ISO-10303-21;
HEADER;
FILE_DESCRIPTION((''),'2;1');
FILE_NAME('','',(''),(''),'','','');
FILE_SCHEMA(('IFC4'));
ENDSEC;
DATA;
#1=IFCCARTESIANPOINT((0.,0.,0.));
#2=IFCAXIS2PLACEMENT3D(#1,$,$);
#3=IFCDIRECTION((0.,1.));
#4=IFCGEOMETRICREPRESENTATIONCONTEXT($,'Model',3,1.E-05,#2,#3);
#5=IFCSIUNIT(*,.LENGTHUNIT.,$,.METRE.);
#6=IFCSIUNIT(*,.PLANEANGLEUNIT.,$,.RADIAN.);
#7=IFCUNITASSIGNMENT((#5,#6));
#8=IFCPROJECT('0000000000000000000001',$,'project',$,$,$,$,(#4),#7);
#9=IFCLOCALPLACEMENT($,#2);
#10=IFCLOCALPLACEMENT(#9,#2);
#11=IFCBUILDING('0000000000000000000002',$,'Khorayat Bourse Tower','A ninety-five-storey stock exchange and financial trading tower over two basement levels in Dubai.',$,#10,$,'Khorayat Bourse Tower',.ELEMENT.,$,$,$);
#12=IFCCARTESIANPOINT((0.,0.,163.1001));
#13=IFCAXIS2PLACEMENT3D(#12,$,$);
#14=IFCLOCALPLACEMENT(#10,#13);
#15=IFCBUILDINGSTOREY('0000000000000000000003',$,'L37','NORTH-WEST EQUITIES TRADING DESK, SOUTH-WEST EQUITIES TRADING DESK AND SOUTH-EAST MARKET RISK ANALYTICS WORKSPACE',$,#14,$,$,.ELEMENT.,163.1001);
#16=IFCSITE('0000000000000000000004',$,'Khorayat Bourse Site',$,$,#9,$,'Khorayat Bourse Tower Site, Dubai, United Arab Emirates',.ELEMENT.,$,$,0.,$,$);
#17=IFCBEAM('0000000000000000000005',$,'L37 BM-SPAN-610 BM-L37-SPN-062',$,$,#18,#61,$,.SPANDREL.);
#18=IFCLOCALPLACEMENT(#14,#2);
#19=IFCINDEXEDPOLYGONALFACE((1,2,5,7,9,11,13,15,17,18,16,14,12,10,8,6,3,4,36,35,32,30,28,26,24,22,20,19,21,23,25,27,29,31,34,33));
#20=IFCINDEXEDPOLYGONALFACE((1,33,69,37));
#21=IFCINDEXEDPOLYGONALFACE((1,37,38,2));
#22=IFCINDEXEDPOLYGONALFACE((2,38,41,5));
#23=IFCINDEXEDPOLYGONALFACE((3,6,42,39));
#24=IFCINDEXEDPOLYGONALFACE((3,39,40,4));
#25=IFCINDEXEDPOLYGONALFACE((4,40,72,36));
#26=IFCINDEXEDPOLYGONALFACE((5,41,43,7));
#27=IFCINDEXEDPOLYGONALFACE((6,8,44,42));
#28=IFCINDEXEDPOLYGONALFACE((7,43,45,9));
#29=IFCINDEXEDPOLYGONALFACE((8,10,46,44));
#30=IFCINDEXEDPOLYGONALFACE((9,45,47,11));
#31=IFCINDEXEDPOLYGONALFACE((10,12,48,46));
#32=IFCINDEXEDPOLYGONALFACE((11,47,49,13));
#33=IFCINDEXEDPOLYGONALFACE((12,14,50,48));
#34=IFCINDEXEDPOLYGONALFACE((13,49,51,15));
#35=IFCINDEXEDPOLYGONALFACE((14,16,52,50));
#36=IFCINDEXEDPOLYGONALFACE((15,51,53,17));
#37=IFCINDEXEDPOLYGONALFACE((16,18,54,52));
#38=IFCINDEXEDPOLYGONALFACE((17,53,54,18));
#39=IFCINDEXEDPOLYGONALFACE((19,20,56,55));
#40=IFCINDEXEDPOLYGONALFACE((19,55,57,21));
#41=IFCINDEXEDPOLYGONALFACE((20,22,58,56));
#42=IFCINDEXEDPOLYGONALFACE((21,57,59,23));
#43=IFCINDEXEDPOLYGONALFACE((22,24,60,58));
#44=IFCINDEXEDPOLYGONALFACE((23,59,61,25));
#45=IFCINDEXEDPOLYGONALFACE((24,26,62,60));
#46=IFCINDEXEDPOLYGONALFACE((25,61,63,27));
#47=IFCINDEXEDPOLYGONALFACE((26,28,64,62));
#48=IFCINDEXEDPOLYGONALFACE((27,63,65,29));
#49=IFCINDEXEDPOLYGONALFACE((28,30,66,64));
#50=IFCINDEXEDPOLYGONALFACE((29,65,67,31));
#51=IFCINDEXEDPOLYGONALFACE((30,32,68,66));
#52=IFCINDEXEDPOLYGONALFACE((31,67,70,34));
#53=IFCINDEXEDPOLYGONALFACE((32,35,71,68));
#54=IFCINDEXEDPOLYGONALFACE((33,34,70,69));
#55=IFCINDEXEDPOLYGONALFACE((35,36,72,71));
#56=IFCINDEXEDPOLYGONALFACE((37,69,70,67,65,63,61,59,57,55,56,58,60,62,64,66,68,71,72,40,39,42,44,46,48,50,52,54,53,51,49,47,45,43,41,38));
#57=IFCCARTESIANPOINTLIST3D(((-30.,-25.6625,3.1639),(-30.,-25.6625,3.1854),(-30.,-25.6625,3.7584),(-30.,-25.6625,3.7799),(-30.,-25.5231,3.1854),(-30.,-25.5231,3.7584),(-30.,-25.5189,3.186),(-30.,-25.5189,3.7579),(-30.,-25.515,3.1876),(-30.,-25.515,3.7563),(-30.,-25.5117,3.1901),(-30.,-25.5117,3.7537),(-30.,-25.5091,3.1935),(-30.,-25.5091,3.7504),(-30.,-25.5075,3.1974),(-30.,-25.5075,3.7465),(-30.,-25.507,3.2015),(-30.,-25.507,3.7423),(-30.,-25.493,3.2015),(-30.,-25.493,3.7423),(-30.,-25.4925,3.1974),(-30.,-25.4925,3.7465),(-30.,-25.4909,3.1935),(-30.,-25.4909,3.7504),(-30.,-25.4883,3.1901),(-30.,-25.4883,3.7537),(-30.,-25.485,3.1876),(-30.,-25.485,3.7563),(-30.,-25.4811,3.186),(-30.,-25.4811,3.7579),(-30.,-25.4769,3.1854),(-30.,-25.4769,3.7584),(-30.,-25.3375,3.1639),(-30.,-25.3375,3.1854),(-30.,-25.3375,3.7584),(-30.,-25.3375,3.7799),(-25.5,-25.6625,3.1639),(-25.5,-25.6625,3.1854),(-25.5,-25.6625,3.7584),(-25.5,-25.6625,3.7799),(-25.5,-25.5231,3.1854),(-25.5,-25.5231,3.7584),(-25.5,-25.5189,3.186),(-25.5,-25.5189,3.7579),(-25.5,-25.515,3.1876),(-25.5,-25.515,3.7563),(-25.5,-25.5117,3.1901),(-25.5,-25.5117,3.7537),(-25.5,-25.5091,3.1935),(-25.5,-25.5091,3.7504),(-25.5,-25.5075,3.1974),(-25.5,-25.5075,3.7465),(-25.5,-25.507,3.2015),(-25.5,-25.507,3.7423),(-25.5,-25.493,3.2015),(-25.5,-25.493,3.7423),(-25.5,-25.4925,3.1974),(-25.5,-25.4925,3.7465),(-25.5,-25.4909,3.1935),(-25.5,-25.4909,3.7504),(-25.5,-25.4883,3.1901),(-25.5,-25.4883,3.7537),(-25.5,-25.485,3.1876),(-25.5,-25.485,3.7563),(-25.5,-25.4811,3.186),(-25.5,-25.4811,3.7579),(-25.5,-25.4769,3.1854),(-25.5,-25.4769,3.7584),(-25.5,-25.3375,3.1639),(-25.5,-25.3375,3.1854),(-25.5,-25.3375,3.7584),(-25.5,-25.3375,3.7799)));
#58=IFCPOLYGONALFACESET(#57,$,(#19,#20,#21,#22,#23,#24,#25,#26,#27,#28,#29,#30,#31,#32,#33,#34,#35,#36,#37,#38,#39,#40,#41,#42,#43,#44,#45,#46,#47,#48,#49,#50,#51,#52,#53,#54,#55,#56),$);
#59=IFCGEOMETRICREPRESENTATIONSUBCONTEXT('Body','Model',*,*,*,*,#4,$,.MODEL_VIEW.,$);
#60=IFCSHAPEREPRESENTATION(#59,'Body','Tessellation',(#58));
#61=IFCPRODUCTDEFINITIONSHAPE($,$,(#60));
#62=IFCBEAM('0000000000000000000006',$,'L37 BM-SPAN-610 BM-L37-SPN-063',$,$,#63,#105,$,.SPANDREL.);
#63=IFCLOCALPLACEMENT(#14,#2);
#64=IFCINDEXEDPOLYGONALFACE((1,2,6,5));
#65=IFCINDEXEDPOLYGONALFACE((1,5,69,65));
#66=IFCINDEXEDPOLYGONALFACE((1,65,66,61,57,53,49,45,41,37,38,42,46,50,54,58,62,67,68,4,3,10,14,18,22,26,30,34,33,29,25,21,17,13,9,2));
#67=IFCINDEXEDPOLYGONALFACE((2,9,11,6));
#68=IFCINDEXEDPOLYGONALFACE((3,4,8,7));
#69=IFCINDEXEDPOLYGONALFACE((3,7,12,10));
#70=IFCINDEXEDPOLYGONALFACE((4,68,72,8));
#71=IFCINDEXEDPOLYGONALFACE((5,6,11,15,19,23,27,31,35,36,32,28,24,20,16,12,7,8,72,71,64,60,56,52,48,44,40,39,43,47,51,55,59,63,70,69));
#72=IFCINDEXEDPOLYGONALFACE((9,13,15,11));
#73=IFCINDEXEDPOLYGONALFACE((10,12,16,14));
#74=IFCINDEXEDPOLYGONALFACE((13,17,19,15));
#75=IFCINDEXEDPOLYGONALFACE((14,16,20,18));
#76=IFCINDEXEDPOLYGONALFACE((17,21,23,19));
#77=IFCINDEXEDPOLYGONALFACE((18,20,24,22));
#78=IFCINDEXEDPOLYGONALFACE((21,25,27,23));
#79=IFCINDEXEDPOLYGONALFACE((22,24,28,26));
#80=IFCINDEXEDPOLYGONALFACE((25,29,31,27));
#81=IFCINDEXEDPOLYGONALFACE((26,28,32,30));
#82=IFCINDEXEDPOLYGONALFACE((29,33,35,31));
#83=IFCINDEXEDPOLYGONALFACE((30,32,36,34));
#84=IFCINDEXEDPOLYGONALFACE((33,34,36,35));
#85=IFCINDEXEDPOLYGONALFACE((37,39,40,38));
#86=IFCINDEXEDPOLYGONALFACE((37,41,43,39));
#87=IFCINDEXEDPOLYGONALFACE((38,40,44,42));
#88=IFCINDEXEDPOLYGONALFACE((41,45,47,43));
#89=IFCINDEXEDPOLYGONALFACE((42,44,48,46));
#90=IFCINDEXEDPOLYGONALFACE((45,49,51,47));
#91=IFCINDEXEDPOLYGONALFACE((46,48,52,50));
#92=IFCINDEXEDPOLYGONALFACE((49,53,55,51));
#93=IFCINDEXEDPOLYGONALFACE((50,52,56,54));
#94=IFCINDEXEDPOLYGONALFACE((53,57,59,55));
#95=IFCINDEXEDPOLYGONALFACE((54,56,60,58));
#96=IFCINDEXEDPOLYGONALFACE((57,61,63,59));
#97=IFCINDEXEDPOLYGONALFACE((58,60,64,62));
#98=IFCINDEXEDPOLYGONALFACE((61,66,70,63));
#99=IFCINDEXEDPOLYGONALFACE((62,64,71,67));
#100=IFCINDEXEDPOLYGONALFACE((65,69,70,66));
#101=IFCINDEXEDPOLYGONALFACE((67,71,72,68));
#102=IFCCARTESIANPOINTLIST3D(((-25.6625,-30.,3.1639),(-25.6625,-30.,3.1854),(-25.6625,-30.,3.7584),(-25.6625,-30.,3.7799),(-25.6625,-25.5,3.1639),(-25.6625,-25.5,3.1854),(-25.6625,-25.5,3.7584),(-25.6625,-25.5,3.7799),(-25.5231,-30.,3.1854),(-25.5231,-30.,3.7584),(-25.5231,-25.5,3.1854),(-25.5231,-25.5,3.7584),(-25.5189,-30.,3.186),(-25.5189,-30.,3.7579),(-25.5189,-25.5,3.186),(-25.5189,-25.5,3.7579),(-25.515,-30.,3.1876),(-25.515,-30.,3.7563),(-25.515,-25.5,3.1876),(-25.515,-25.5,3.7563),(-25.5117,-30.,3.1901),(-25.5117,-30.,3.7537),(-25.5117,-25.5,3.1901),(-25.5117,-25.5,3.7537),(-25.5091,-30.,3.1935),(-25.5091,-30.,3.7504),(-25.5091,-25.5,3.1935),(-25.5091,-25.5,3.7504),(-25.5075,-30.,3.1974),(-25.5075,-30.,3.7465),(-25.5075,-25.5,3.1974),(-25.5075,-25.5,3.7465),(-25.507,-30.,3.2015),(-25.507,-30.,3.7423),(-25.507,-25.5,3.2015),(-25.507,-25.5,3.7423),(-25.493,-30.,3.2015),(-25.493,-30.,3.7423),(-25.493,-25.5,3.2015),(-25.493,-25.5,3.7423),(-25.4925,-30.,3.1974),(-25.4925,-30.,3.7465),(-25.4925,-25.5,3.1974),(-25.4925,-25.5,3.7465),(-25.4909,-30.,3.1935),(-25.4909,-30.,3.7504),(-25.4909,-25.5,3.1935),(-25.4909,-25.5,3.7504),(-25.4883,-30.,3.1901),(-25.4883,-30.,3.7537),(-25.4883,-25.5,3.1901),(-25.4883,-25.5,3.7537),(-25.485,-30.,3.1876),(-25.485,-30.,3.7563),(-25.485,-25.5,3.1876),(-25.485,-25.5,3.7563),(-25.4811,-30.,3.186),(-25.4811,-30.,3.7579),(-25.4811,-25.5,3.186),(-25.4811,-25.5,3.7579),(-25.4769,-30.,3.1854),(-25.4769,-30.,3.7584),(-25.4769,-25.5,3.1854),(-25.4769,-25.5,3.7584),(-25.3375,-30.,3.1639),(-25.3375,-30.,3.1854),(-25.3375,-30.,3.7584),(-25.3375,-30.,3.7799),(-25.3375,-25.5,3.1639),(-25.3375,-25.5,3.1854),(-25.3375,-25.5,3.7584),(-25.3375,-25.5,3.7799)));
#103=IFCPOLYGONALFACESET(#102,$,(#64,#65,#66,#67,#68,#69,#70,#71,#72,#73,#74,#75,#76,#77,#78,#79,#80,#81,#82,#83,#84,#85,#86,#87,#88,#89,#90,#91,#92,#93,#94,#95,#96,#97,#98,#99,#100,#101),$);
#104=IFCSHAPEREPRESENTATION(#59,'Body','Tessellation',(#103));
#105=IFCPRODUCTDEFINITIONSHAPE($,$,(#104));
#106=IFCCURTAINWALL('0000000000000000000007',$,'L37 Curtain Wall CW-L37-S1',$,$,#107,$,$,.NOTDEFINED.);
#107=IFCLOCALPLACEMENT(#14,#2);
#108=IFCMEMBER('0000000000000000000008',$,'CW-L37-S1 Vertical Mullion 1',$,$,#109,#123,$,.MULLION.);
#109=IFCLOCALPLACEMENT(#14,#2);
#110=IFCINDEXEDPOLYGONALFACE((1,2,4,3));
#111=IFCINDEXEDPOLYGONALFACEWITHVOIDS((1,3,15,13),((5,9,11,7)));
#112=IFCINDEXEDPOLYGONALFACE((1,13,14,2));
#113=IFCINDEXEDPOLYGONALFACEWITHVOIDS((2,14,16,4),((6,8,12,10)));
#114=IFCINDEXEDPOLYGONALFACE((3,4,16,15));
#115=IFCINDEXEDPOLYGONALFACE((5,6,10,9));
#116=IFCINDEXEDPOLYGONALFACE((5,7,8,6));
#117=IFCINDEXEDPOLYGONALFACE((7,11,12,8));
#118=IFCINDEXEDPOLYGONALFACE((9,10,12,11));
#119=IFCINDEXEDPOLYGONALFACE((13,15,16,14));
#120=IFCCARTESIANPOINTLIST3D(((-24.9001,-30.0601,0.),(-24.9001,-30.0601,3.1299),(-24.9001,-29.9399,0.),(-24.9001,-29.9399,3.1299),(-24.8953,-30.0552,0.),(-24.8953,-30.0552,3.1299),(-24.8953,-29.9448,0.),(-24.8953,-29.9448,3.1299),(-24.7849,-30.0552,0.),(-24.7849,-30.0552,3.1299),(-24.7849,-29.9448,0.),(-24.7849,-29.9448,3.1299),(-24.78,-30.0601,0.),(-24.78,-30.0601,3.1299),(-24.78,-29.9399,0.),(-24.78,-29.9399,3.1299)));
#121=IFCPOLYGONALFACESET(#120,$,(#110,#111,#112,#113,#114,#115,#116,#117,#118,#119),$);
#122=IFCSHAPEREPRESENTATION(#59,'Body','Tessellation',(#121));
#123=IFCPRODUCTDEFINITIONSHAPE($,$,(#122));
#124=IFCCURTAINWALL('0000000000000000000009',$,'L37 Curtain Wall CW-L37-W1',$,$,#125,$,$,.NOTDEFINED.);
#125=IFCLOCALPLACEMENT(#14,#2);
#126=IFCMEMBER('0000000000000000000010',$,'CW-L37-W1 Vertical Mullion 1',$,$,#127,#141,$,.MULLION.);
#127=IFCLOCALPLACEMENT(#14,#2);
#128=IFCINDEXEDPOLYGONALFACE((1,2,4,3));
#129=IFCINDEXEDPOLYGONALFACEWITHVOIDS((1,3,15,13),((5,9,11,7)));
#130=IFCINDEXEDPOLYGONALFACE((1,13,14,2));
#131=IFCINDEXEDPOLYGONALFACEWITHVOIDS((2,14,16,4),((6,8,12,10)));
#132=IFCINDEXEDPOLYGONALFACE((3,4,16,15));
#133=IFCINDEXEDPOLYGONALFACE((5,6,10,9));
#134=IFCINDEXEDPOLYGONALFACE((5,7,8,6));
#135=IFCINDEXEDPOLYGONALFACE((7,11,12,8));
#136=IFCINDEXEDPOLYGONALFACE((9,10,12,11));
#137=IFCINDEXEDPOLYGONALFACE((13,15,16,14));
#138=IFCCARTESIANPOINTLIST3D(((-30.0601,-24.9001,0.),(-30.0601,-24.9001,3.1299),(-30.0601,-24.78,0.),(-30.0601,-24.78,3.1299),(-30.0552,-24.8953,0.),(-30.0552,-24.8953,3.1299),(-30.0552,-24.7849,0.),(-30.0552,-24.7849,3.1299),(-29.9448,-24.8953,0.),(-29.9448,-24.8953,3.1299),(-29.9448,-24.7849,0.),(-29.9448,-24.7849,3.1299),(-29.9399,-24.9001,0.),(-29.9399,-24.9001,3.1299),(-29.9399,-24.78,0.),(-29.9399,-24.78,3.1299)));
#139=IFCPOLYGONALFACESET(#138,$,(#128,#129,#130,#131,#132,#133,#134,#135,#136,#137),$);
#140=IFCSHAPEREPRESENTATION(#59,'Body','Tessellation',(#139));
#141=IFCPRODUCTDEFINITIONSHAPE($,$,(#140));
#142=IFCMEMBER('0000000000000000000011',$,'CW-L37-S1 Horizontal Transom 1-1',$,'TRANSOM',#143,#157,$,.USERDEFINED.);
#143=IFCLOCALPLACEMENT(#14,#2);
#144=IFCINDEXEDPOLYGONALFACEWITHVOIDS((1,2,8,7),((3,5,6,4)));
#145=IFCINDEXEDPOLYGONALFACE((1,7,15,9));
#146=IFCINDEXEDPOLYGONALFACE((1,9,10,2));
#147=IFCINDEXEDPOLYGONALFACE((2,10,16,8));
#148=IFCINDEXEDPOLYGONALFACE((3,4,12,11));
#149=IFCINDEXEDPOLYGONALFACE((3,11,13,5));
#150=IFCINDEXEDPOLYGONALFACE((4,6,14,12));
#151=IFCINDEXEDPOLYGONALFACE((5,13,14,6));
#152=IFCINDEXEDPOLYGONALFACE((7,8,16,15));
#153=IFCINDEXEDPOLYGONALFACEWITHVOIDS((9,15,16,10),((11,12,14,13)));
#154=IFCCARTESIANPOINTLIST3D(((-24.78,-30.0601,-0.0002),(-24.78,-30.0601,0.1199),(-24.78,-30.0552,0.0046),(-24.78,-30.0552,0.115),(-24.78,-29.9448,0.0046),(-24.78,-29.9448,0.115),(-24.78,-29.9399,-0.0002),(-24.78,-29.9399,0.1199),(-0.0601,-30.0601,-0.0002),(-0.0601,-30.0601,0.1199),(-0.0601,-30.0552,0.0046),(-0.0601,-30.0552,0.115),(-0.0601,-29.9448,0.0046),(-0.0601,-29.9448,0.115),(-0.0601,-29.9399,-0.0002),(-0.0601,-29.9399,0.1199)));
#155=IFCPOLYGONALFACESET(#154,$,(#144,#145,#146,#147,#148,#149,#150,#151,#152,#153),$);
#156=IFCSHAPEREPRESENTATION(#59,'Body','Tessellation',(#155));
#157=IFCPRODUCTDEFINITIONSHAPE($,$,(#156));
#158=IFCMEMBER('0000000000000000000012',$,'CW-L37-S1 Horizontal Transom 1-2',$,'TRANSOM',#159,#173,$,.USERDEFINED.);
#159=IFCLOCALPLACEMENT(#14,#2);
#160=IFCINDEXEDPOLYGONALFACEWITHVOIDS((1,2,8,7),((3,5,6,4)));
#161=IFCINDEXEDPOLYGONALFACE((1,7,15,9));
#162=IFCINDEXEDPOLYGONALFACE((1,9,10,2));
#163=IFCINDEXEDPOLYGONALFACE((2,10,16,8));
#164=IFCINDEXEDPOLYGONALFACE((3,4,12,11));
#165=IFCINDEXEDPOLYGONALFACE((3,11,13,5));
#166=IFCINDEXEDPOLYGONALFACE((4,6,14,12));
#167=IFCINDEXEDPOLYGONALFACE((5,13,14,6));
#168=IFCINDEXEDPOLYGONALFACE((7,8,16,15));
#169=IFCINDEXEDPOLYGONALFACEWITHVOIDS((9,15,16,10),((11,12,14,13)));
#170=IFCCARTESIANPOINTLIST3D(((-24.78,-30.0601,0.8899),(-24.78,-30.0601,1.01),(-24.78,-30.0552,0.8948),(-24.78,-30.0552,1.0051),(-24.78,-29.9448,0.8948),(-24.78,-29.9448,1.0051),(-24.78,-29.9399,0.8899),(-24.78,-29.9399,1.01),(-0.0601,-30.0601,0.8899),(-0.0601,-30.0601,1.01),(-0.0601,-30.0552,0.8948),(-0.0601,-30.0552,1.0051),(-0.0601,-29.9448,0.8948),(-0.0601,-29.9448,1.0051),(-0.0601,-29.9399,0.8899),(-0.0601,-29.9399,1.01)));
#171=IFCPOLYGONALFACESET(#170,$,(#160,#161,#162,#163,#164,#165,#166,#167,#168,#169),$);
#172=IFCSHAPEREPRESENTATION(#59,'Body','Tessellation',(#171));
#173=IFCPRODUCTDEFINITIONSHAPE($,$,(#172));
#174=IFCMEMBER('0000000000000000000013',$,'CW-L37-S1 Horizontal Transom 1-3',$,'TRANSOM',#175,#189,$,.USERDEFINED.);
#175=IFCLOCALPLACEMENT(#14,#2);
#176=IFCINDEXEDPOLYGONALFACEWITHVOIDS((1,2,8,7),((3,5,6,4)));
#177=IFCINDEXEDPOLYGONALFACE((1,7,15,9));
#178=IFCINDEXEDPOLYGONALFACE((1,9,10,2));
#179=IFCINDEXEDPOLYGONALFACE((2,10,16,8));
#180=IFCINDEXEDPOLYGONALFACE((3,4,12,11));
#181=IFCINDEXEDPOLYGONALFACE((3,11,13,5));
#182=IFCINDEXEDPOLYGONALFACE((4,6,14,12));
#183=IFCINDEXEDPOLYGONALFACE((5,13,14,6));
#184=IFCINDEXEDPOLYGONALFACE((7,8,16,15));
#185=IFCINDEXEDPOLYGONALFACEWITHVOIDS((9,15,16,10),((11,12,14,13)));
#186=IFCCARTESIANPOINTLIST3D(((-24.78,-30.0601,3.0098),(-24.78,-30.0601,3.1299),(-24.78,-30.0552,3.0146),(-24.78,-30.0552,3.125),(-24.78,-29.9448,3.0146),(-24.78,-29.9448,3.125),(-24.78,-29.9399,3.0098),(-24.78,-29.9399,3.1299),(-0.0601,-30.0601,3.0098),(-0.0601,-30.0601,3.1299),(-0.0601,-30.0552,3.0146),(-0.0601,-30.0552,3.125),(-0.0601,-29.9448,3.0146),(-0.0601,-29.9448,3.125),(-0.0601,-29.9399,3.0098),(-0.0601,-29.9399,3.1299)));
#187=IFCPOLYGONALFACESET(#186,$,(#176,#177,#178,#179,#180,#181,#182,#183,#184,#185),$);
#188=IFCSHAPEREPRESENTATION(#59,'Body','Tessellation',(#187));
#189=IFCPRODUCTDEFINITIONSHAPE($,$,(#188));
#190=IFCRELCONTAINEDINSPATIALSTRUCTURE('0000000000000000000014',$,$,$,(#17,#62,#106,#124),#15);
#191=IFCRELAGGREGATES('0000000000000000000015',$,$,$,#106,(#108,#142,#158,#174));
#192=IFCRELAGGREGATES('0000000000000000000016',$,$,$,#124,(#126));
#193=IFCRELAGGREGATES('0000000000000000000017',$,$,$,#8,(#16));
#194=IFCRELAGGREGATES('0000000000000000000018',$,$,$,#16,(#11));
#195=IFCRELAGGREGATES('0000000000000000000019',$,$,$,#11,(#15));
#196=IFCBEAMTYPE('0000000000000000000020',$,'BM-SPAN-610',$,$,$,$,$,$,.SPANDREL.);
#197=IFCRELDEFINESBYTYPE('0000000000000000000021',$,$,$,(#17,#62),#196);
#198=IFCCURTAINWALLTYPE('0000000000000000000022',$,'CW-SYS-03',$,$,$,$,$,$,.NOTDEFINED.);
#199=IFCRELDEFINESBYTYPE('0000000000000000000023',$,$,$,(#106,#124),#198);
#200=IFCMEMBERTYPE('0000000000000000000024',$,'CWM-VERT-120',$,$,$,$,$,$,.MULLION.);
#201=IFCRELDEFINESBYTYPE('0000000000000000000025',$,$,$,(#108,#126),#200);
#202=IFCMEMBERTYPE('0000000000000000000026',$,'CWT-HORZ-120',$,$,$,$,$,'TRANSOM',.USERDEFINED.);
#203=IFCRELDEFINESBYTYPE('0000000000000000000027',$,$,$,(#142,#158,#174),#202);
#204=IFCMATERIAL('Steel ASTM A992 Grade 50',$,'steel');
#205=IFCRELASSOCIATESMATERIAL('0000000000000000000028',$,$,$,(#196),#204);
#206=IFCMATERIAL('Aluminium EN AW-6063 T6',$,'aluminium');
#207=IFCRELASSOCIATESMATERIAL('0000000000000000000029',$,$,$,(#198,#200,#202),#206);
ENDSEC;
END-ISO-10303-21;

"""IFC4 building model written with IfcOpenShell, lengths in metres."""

from ifc_helpers import new_model, si_unit, direction, frame, origin, origin_2d, place, context, subcontext, project, spatial, hollow_rectangle, i_section, extrude, source, transform, mapped, material, material_profile, profile_set, type_object, element, aggregate, save


model = new_model("IFC4")

# Units and contexts
model_context = context("Model", 3, precision=1e-05, world=origin(), true_north=direction((0.0, 1.0)))
body_context = subcontext(model_context, "Body", "Model", "MODEL_VIEW")
ifc_project = project(units=[si_unit("LENGTHUNIT", "METRE"), si_unit("PLANEANGLEUNIT", "RADIAN")], contexts=[model_context])

# Site, building, storey
site_placement = place(None, origin())
site = spatial("IfcSite", under=ifc_project, at=site_placement, Name="Khorayat Bourse Site", LongName="Khorayat Bourse Tower Site, Dubai, United Arab Emirates", CompositionType="ELEMENT", RefElevation=0.0)
building_placement = place(site_placement, origin())
building = spatial("IfcBuilding", under=site, at=building_placement, Name="Khorayat Bourse Tower", Description="A ninety-five-storey stock exchange and financial trading tower over two basement levels in Dubai.", LongName="Khorayat Bourse Tower", CompositionType="ELEMENT")
storey_placement = place(building_placement, frame((0.0, 0.0, 163.1001)))
storey = spatial("IfcBuildingStorey", under=building, at=storey_placement, Name="L37", Description="NORTH-WEST EQUITIES TRADING DESK, SOUTH-WEST EQUITIES TRADING DESK AND SOUTH-EAST MARKET RISK ANALYTICS WORKSPACE", CompositionType="ELEMENT", Elevation=163.1001)

# Beams
ifc_material_1 = material(Name="Steel ASTM A992 Grade 50", Category="steel")
ifc_material_profile_1 = material_profile(ifc_material_1, i_section(OverallWidth=0.325, OverallDepth=0.616, WebThickness=0.0139, FlangeThickness=0.0215, FilletRadius=0.0161, at=origin_2d()), Name="W610X174")
ifc_profile_set_1 = profile_set([ifc_material_profile_1], Name="Steel ASTM A992 Grade 50")
beam_type_1 = type_object("IfcBeamType", Name="BM-SPAN-610", PredefinedType="SPANDREL", material=ifc_profile_set_1)
shared_shape_1 = source(origin(), body_context, "Body", "SweptSolid", [
    extrude(i_section(OverallWidth=0.325, OverallDepth=0.616, WebThickness=0.0139, FlangeThickness=0.0215, FilletRadius=0.0161, at=origin_2d()), origin(), (0.0, 0.0, 1.0), 4.5),
])
for number, where, z_axis, x_axis, name in (
    (1, (-30.0, -25.5, 3.4719), (1.0, 0.0, 0.0), (0.0, 1.0, 0.0), "L37 BM-SPAN-610 BM-L37-SPN-062"),
    (2, (-25.5, -30.0, 3.4719), (0.0, 1.0, 0.0), (-1.0, 0.0, 0.0), "L37 BM-SPAN-610 BM-L37-SPN-063"),
):
    element("IfcBeam", number, at=place(storey_placement, frame(where, z_axis=z_axis, x_axis=x_axis)), inside=storey, type_object=beam_type_1, Name=name, PredefinedType="SPANDREL", context=body_context, shape_type="MappedRepresentation", body=[
        mapped(shared_shape_1, transform((0.0, 0.0, 0.0), scale=1.0)),
    ])

# Curtain walls, members
ifc_material_2 = material(Name="Aluminium EN AW-6063 T6", Category="aluminium")
curtain_wall_type = type_object("IfcCurtainWallType", Name="CW-SYS-03", PredefinedType="NOTDEFINED", material=ifc_material_2)
curtain_wall_1_placement = place(storey_placement, origin())
curtain_wall_1 = element("IfcCurtainWall", 3, at=curtain_wall_1_placement, inside=storey, type_object=curtain_wall_type, Name="L37 Curtain Wall CW-L37-S1", PredefinedType="NOTDEFINED")
ifc_material_profile_2 = material_profile(ifc_material_2, hollow_rectangle(XDim=0.1201, YDim=0.1201, WallThickness=0.0049, at=origin_2d()), Name="ALU 120x120x5")
ifc_profile_set_2 = profile_set([ifc_material_profile_2], Name="Aluminium EN AW-6063 T6")
member_type_1 = type_object("IfcMemberType", Name="CWM-VERT-120", PredefinedType="MULLION", material=ifc_profile_set_2)
shared_shape_2 = source(origin(), body_context, "Body", "SweptSolid", [
    extrude(hollow_rectangle(XDim=0.1201, YDim=0.1201, WallThickness=0.0049, at=origin_2d()), origin(), (0.0, 0.0, 1.0), 3.1299),
])
member_1_placement = place(storey_placement, frame((-24.8401, -30.0, 0.0), z_axis=(0.0, 0.0, 1.0), x_axis=(0.0, 1.0, 0.0)))
member_1 = element("IfcMember", 4, at=member_1_placement, type_object=member_type_1, Name="CW-L37-S1 Vertical Mullion 1", PredefinedType="MULLION", context=body_context, shape_type="MappedRepresentation", body=[
    mapped(shared_shape_2, transform((0.0, 0.0, 0.0), scale=1.0)),
])
curtain_wall_2_placement = place(storey_placement, origin())
curtain_wall_2 = element("IfcCurtainWall", 5, at=curtain_wall_2_placement, inside=storey, type_object=curtain_wall_type, Name="L37 Curtain Wall CW-L37-W1", PredefinedType="NOTDEFINED")
member_2_placement = place(storey_placement, frame((-30.0, -24.8401, 0.0), z_axis=(0.0, 0.0, 1.0), x_axis=(-1.0, 0.0, 0.0)))
member_2 = element("IfcMember", 6, at=member_2_placement, type_object=member_type_1, Name="CW-L37-W1 Vertical Mullion 1", PredefinedType="MULLION", context=body_context, shape_type="MappedRepresentation", body=[
    mapped(shared_shape_2, transform((0.0, 0.0, 0.0), scale=1.0)),
])

# Members
ifc_material_profile_3 = material_profile(ifc_material_2, hollow_rectangle(XDim=0.1201, YDim=0.1201, WallThickness=0.0049, at=origin_2d()), Name="ALU 120x120x5")
ifc_profile_set_3 = profile_set([ifc_material_profile_3], Name="Aluminium EN AW-6063 T6")
member_type_2 = type_object("IfcMemberType", Name="CWT-HORZ-120", ElementType="TRANSOM", PredefinedType="USERDEFINED", material=ifc_profile_set_3)
shared_shape_3 = source(origin(), body_context, "Body", "SweptSolid", [
    extrude(hollow_rectangle(XDim=0.1201, YDim=0.1201, WallThickness=0.0049, at=origin_2d()), origin(), (0.0, 0.0, 1.0), 24.72),
])
member_3_placement = place(storey_placement, frame((-24.78, -30.0, 0.0598), z_axis=(1.0, 0.0, 0.0), x_axis=(0.0, 1.0, 0.0)))
member_3 = element("IfcMember", 7, at=member_3_placement, type_object=member_type_2, Name="CW-L37-S1 Horizontal Transom 1-1", ObjectType="TRANSOM", PredefinedType="USERDEFINED", context=body_context, shape_type="MappedRepresentation", body=[
    mapped(shared_shape_3, transform((0.0, 0.0, 0.0), scale=1.0)),
])
member_4_placement = place(storey_placement, frame((-24.78, -30.0, 0.95), z_axis=(1.0, 0.0, 0.0), x_axis=(0.0, 1.0, 0.0)))
member_4 = element("IfcMember", 8, at=member_4_placement, type_object=member_type_2, Name="CW-L37-S1 Horizontal Transom 1-2", ObjectType="TRANSOM", PredefinedType="USERDEFINED", context=body_context, shape_type="MappedRepresentation", body=[
    mapped(shared_shape_3, transform((0.0, 0.0, 0.0), scale=1.0)),
])
member_5_placement = place(storey_placement, frame((-24.78, -30.0, 3.0698), z_axis=(1.0, 0.0, 0.0), x_axis=(0.0, 1.0, 0.0)))
member_5 = element("IfcMember", 9, at=member_5_placement, type_object=member_type_2, Name="CW-L37-S1 Horizontal Transom 1-3", ObjectType="TRANSOM", PredefinedType="USERDEFINED", context=body_context, shape_type="MappedRepresentation", body=[
    mapped(shared_shape_3, transform((0.0, 0.0, 0.0), scale=1.0)),
])
aggregate(curtain_wall_1, [member_1, member_3, member_4, member_5])
aggregate(curtain_wall_2, [member_2])

save(model, "model.ifc")
